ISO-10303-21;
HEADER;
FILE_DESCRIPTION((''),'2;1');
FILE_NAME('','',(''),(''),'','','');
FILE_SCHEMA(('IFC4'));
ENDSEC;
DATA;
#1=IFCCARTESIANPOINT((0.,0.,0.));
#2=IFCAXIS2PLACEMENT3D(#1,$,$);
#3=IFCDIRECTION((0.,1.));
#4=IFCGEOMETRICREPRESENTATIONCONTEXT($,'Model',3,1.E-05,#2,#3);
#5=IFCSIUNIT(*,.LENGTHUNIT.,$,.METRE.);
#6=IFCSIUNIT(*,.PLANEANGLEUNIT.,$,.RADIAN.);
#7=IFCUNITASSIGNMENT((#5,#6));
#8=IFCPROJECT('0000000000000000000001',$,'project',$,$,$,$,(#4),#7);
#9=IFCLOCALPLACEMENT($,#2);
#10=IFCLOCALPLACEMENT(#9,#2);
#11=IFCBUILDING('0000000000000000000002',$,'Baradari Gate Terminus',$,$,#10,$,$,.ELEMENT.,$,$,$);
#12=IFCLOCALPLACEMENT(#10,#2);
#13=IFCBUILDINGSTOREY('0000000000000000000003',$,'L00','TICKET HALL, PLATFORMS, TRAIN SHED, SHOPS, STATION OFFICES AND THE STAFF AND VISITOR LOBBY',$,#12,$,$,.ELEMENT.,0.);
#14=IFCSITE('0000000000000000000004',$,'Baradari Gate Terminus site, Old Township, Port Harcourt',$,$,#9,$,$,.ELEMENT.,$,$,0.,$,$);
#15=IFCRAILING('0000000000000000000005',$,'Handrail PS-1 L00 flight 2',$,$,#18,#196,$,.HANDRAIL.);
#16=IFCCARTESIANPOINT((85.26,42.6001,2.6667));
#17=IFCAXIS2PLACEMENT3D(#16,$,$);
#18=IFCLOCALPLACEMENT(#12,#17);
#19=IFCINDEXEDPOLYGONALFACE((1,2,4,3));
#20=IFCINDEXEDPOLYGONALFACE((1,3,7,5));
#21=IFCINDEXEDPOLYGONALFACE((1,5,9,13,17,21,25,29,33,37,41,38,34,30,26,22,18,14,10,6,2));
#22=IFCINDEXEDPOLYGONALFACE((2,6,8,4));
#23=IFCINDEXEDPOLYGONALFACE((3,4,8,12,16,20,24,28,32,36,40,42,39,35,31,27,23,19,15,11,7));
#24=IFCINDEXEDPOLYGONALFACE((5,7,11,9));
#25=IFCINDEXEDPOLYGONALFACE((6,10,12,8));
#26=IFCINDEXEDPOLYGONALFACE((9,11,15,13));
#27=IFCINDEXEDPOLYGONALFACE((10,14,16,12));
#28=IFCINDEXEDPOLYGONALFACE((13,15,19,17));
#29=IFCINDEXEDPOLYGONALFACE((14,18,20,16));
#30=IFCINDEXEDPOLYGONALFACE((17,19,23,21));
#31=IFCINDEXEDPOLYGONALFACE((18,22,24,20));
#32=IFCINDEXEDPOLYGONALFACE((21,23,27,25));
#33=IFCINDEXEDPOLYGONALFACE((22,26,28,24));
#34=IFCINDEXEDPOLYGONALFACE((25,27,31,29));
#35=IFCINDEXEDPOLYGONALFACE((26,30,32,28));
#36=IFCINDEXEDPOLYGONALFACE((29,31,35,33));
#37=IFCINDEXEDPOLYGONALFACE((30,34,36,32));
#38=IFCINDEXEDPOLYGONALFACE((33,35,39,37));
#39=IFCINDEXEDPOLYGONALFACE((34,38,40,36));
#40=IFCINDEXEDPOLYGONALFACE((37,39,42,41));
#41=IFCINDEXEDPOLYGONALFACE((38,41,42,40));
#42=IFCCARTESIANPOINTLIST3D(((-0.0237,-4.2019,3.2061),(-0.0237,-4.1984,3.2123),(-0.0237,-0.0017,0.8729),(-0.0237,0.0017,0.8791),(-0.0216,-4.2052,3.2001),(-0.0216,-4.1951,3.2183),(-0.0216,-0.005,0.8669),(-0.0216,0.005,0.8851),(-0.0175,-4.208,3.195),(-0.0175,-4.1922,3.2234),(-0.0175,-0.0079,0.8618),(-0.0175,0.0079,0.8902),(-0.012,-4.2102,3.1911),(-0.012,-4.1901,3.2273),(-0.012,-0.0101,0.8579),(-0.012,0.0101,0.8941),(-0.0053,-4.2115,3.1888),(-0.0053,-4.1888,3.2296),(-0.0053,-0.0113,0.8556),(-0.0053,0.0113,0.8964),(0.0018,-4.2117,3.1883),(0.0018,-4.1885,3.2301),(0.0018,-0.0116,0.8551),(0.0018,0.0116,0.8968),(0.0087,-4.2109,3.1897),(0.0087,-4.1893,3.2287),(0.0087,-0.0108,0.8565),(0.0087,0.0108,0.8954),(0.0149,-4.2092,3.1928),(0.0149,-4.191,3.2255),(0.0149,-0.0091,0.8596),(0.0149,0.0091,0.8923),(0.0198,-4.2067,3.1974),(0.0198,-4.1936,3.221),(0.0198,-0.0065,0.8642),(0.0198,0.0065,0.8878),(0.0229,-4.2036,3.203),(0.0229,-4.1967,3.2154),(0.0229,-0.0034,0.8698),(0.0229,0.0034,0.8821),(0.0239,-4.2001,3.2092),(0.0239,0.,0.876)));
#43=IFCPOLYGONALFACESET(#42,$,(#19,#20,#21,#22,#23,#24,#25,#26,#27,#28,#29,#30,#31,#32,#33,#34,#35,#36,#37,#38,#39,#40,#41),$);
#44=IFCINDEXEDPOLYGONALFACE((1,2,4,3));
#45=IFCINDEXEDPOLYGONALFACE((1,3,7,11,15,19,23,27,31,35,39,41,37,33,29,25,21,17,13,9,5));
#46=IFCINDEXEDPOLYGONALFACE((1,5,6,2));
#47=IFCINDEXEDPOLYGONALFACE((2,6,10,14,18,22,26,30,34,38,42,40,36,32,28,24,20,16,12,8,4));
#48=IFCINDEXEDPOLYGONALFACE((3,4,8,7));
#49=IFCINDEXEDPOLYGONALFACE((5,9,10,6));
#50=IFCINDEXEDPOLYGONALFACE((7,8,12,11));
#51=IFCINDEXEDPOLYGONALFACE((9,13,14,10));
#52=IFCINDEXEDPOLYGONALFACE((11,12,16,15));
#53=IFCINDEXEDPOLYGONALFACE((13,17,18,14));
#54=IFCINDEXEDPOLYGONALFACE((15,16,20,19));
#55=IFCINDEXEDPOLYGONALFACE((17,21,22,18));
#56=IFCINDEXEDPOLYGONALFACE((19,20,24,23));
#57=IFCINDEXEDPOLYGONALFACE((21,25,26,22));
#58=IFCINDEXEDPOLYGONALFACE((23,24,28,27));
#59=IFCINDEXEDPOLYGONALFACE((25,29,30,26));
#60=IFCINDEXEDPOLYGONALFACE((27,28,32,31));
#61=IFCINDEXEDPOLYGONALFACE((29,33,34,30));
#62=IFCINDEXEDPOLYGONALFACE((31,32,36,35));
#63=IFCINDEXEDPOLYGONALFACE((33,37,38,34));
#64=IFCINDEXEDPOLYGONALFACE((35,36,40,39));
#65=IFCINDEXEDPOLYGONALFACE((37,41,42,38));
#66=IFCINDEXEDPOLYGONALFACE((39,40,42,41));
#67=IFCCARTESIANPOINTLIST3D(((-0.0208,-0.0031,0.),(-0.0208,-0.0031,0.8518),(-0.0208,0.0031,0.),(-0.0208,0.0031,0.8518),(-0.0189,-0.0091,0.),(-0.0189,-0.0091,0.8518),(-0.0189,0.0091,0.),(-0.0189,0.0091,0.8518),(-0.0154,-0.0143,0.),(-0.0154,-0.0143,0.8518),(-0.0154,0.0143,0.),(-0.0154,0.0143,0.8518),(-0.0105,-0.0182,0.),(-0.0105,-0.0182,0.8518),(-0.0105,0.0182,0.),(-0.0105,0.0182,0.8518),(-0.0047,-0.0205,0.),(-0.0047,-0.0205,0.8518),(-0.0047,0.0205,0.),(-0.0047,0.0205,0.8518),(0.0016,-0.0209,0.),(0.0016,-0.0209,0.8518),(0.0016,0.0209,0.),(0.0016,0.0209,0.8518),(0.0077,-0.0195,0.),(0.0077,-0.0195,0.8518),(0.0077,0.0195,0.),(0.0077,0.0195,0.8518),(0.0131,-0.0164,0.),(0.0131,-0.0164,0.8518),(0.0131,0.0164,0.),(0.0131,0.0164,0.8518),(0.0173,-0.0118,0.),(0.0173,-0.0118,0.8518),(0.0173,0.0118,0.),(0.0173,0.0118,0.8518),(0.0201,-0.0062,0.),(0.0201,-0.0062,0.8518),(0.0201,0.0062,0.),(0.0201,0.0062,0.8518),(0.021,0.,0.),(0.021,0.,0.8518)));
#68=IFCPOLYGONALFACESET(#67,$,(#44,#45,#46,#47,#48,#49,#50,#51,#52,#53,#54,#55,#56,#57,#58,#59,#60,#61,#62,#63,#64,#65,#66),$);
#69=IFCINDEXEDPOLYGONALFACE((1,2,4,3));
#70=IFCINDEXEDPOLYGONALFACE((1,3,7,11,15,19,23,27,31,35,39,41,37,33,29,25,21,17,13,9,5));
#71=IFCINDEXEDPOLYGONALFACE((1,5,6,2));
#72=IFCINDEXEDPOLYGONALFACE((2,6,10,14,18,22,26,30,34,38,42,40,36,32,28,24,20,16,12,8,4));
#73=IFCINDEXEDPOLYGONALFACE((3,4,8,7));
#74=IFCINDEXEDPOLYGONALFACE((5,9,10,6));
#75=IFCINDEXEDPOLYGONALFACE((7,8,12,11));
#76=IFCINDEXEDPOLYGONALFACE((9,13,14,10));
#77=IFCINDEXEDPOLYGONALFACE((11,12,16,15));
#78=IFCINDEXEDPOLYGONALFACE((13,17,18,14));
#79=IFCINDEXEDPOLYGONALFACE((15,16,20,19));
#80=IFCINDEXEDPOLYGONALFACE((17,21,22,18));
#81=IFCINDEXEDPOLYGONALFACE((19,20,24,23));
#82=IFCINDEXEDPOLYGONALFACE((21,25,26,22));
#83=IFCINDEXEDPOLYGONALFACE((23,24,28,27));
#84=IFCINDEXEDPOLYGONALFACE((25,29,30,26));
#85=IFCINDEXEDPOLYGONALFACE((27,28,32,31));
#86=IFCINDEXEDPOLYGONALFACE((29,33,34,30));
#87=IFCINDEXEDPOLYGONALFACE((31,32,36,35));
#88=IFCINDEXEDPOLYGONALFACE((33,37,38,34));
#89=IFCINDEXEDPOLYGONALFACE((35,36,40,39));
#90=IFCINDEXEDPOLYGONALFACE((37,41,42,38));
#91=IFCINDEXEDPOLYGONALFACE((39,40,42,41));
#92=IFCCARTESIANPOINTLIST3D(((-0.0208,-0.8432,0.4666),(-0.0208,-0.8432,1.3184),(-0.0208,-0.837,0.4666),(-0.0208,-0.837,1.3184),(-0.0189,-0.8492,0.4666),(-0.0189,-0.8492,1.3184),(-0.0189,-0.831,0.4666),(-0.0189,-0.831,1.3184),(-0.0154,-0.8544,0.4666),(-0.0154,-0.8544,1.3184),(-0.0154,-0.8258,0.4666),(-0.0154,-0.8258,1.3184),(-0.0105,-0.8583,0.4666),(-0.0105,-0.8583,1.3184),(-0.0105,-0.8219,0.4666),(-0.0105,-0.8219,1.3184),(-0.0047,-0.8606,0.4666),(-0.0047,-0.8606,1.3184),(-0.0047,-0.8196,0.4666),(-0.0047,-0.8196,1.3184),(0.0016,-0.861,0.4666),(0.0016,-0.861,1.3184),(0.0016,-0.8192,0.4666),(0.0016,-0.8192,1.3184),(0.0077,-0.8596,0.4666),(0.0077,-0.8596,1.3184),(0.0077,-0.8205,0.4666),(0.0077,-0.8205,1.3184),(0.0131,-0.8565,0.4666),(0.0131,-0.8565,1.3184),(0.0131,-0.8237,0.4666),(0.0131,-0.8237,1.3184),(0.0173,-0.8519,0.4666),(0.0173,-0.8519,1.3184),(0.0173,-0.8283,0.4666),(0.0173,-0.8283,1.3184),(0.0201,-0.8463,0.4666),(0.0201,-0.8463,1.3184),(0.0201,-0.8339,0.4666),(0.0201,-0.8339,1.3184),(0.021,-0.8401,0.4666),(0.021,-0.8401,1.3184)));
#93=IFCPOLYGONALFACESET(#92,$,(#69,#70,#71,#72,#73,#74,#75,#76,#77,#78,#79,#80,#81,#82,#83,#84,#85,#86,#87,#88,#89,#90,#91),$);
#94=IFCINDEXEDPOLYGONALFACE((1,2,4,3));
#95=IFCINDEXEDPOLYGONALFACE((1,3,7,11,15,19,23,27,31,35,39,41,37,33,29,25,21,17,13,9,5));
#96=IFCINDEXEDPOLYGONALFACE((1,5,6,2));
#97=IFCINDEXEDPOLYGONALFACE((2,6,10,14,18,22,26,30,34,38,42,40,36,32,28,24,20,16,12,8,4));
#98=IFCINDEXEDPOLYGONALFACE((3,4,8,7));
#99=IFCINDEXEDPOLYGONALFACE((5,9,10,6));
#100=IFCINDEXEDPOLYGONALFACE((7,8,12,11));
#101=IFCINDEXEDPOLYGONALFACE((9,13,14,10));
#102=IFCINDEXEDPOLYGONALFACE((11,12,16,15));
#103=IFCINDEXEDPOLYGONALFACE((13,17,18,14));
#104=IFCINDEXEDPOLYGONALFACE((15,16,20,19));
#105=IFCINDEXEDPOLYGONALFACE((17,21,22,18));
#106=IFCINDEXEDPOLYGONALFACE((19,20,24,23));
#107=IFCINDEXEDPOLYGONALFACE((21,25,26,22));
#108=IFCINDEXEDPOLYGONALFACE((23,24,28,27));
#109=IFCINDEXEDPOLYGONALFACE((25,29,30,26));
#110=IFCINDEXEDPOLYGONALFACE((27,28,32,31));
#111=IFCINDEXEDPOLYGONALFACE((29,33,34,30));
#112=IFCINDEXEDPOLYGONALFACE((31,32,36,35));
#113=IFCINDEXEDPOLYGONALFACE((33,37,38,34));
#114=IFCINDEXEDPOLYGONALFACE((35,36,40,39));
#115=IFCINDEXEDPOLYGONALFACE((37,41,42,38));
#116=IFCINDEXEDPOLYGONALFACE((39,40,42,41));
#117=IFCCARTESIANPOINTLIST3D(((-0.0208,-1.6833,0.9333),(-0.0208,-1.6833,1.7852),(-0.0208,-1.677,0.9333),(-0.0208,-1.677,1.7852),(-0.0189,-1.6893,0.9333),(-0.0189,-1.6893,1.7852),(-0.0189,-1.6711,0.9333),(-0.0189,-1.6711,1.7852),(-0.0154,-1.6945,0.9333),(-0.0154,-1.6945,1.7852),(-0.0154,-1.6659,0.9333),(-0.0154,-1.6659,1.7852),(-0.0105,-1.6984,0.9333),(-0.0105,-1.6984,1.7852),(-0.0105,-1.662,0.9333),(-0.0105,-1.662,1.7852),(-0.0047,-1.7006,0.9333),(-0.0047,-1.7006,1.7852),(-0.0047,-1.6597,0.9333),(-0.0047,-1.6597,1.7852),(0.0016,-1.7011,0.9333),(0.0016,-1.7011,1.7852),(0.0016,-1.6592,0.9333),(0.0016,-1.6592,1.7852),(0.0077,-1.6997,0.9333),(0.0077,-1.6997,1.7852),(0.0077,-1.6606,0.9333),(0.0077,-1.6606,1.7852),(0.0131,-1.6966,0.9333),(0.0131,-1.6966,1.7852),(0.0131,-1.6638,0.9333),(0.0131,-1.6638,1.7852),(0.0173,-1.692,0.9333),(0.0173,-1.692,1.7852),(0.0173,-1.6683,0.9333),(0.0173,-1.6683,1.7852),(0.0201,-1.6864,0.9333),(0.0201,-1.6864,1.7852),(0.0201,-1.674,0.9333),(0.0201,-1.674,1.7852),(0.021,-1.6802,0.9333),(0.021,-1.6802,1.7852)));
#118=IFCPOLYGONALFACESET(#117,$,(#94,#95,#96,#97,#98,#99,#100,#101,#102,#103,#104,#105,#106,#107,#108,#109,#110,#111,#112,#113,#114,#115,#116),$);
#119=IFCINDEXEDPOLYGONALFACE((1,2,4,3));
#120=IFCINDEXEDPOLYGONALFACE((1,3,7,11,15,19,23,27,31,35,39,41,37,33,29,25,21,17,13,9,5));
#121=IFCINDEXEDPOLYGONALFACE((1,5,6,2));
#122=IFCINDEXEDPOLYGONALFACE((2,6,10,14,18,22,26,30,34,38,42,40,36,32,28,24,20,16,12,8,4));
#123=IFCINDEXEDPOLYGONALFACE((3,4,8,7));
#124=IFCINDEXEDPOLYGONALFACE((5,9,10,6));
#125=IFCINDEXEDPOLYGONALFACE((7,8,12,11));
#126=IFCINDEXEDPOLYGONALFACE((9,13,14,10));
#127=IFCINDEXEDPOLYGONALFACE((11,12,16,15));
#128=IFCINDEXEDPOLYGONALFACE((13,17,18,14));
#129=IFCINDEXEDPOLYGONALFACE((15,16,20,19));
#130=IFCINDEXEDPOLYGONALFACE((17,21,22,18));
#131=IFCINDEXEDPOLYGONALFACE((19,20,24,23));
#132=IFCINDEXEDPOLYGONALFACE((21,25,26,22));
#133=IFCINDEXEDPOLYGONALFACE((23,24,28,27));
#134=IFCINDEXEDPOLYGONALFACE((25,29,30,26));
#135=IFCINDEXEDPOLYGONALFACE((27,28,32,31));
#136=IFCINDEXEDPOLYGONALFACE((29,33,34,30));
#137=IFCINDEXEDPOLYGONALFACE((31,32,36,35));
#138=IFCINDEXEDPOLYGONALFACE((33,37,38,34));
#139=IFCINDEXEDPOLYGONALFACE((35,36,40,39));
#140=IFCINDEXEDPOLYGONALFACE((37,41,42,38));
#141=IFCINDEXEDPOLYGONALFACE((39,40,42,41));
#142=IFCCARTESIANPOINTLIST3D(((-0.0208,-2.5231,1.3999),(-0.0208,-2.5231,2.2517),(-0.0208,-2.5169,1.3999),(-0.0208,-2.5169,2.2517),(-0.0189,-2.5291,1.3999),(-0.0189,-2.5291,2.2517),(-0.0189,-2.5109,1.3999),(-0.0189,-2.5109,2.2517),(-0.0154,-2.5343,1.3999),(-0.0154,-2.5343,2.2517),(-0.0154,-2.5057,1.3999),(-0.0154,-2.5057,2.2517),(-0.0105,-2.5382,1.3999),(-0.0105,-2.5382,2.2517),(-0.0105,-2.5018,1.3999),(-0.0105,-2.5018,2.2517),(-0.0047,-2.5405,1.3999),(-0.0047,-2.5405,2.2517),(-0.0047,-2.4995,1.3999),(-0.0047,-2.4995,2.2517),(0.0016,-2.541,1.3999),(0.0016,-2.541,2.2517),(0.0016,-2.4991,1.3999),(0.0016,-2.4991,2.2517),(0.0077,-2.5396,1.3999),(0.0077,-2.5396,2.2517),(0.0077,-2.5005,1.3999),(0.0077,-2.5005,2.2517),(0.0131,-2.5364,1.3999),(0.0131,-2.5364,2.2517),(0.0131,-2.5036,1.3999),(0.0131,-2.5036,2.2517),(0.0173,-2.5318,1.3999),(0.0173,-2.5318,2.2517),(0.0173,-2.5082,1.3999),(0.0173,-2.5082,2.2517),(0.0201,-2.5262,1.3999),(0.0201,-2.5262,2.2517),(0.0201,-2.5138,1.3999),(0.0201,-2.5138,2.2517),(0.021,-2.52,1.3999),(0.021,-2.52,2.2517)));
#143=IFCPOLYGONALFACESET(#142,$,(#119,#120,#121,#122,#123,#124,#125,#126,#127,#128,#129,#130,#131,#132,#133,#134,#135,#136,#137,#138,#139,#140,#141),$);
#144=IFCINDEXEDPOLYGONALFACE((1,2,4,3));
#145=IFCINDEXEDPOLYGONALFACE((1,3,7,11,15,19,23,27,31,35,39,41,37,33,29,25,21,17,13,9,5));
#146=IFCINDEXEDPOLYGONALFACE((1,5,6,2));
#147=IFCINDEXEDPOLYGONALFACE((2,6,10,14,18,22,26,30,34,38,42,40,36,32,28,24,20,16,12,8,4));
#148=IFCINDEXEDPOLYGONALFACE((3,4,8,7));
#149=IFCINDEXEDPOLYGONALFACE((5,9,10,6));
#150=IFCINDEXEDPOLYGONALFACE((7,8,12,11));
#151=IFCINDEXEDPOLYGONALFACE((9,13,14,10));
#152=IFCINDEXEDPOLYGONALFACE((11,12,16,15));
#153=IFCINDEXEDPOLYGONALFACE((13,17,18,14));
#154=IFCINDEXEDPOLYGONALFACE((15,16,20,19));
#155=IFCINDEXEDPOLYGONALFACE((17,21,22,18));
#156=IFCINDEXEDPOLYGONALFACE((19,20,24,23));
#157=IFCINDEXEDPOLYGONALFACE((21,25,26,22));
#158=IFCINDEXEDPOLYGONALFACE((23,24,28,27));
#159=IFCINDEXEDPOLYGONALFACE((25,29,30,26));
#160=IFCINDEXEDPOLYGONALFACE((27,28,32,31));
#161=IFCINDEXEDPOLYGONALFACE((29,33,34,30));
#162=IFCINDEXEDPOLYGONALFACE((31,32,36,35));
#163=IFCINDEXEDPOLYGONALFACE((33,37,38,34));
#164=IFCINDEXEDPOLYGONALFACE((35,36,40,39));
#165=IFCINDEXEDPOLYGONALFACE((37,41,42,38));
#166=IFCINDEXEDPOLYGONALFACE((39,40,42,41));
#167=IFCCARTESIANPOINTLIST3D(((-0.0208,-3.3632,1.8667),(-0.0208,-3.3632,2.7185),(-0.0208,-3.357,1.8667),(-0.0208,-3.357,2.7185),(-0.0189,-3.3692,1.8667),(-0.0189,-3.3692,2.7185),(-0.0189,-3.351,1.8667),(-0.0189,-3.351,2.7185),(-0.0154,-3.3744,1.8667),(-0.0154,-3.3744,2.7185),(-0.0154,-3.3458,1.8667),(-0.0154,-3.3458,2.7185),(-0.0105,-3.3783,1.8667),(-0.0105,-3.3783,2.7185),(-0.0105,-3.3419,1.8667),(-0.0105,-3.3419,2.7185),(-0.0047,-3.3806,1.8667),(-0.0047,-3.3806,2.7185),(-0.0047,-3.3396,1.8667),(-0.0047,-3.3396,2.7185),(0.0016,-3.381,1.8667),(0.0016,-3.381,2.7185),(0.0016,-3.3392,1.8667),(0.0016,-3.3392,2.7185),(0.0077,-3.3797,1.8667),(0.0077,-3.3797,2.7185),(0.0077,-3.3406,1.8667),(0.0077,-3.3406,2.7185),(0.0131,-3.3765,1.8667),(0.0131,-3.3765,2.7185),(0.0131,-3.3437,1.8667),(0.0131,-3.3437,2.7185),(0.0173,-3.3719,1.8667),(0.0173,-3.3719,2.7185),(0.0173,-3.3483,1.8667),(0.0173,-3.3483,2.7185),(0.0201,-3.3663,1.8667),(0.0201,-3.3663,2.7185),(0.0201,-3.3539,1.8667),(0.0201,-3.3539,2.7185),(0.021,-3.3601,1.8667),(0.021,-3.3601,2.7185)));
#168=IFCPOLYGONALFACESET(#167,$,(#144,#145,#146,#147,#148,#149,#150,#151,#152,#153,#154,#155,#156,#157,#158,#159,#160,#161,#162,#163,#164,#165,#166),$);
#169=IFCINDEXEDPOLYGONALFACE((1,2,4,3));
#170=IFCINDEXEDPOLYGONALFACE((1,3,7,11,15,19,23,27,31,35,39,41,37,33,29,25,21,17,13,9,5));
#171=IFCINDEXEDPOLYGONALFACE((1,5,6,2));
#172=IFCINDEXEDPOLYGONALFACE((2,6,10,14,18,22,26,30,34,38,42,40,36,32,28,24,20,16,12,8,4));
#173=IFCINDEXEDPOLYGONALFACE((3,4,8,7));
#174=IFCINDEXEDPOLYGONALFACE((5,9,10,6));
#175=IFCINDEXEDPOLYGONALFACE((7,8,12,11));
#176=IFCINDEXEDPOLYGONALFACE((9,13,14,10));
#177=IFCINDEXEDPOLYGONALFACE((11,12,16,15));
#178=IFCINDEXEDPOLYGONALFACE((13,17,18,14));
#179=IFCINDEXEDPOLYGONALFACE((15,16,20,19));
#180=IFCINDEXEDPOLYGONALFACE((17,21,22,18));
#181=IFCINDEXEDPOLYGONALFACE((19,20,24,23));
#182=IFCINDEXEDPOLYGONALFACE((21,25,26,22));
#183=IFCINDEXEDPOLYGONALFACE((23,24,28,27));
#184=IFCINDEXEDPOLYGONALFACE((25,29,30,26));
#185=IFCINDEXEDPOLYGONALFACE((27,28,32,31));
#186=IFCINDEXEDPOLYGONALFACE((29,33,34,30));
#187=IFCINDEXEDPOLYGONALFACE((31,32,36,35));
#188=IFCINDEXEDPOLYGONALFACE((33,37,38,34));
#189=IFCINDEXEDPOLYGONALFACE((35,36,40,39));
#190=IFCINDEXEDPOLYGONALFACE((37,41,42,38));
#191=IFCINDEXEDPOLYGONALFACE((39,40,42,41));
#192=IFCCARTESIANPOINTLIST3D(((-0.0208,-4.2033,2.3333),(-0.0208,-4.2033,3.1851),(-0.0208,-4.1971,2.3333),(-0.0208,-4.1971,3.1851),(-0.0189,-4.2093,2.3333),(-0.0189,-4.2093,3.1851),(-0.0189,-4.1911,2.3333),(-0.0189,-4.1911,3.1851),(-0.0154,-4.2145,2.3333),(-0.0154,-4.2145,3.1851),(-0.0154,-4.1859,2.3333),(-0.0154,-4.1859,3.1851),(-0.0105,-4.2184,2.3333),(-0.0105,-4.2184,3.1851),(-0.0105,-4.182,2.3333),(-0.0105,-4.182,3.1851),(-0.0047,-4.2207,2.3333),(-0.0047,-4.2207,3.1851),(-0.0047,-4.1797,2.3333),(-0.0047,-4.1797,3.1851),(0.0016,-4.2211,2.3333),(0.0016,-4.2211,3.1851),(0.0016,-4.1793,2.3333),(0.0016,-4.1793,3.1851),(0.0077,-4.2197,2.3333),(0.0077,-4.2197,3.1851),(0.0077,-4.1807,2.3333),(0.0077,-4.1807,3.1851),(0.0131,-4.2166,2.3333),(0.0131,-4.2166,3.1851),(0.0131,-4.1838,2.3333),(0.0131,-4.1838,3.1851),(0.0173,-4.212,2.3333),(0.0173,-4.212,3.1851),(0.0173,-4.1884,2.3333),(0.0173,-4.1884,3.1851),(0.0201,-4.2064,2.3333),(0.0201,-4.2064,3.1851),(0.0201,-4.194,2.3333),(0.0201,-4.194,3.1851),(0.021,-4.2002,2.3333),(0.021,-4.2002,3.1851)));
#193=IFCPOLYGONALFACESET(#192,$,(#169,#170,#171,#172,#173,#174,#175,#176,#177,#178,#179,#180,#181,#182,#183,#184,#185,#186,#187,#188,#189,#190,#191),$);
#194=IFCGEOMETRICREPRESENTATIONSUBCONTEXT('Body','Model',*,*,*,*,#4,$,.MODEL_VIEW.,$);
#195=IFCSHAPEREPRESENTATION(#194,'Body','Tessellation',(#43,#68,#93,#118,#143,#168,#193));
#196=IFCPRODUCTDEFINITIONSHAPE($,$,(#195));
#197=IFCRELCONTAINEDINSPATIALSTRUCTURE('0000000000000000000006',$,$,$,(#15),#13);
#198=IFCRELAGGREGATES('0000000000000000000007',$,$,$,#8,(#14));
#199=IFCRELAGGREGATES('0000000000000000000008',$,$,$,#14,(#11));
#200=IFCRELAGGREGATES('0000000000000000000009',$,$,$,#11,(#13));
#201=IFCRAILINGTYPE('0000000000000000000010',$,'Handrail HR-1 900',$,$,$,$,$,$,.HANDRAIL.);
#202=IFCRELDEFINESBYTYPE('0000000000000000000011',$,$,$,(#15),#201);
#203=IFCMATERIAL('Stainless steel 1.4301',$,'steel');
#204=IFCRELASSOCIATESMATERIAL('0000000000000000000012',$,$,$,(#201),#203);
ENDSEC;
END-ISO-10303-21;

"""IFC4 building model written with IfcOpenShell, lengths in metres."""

from ifc_helpers import new_model, si_unit, direction, frame, origin, origin_2d, place, context, subcontext, project, spatial, circle, extrude, material, type_object, element, save


model = new_model("IFC4")

# Units and contexts
model_context = context("Model", 3, precision=1e-05, world=origin(), true_north=direction((0.0, 1.0)))
body_context = subcontext(model_context, "Body", "Model", "MODEL_VIEW")
ifc_project = project(units=[si_unit("LENGTHUNIT", "METRE"), si_unit("PLANEANGLEUNIT", "RADIAN")], contexts=[model_context])

# Site, building, storey
site_placement = place(None, origin())
site = spatial("IfcSite", under=ifc_project, at=site_placement, Name="Baradari Gate Terminus site, Old Township, Port Harcourt", CompositionType="ELEMENT", RefElevation=0.0)
building_placement = place(site_placement, origin())
building = spatial("IfcBuilding", under=site, at=building_placement, Name="Baradari Gate Terminus", CompositionType="ELEMENT")
storey_placement = place(building_placement, origin())
storey = spatial("IfcBuildingStorey", under=building, at=storey_placement, Name="L00", Description="TICKET HALL, PLATFORMS, TRAIN SHED, SHOPS, STATION OFFICES AND THE STAFF AND VISITOR LOBBY", CompositionType="ELEMENT", Elevation=0.0)

# Railing
ifc_material_1 = material(Name="Stainless steel 1.4301", Category="steel")
railing_type_1 = type_object("IfcRailingType", Name="Handrail HR-1 900", PredefinedType="HANDRAIL", material=ifc_material_1)
for number, where, name in (
    (1, (85.26, 42.6001, 2.6667), "Handrail PS-1 L00 flight 2"),
):
    element("IfcRailing", number, at=place(storey_placement, frame(where)), inside=storey, type_object=railing_type_1, Name=name, PredefinedType="HANDRAIL", context=body_context, shape_type="SweptSolid", body=[
        extrude(circle(Radius=0.0239, at=origin_2d()), frame((0.0, 0.0, 0.876), z_axis=(0.0, -0.874174, 0.485613), x_axis=(1.0, 0.0, 0.0)), (0.0, 0.0, 1.0), 4.8047),
        extrude(circle(Radius=0.021, at=origin_2d()), origin(), (0.0, 0.0, 1.0), 0.8518),
        extrude(circle(Radius=0.021, at=origin_2d()), frame((0.0, -0.8401, 0.4666)), (0.0, 0.0, 1.0), 0.8518),
        extrude(circle(Radius=0.021, at=origin_2d()), frame((0.0, -1.6802, 0.9333)), (0.0, 0.0, 1.0), 0.8518),
        extrude(circle(Radius=0.021, at=origin_2d()), frame((0.0, -2.52, 1.3999)), (0.0, 0.0, 1.0), 0.8518),
        extrude(circle(Radius=0.021, at=origin_2d()), frame((0.0, -3.3601, 1.8667)), (0.0, 0.0, 1.0), 0.8518),
        extrude(circle(Radius=0.021, at=origin_2d()), frame((0.0, -4.2002, 2.3333)), (0.0, 0.0, 1.0), 0.8518),
    ])

save(model, "model.ifc")
